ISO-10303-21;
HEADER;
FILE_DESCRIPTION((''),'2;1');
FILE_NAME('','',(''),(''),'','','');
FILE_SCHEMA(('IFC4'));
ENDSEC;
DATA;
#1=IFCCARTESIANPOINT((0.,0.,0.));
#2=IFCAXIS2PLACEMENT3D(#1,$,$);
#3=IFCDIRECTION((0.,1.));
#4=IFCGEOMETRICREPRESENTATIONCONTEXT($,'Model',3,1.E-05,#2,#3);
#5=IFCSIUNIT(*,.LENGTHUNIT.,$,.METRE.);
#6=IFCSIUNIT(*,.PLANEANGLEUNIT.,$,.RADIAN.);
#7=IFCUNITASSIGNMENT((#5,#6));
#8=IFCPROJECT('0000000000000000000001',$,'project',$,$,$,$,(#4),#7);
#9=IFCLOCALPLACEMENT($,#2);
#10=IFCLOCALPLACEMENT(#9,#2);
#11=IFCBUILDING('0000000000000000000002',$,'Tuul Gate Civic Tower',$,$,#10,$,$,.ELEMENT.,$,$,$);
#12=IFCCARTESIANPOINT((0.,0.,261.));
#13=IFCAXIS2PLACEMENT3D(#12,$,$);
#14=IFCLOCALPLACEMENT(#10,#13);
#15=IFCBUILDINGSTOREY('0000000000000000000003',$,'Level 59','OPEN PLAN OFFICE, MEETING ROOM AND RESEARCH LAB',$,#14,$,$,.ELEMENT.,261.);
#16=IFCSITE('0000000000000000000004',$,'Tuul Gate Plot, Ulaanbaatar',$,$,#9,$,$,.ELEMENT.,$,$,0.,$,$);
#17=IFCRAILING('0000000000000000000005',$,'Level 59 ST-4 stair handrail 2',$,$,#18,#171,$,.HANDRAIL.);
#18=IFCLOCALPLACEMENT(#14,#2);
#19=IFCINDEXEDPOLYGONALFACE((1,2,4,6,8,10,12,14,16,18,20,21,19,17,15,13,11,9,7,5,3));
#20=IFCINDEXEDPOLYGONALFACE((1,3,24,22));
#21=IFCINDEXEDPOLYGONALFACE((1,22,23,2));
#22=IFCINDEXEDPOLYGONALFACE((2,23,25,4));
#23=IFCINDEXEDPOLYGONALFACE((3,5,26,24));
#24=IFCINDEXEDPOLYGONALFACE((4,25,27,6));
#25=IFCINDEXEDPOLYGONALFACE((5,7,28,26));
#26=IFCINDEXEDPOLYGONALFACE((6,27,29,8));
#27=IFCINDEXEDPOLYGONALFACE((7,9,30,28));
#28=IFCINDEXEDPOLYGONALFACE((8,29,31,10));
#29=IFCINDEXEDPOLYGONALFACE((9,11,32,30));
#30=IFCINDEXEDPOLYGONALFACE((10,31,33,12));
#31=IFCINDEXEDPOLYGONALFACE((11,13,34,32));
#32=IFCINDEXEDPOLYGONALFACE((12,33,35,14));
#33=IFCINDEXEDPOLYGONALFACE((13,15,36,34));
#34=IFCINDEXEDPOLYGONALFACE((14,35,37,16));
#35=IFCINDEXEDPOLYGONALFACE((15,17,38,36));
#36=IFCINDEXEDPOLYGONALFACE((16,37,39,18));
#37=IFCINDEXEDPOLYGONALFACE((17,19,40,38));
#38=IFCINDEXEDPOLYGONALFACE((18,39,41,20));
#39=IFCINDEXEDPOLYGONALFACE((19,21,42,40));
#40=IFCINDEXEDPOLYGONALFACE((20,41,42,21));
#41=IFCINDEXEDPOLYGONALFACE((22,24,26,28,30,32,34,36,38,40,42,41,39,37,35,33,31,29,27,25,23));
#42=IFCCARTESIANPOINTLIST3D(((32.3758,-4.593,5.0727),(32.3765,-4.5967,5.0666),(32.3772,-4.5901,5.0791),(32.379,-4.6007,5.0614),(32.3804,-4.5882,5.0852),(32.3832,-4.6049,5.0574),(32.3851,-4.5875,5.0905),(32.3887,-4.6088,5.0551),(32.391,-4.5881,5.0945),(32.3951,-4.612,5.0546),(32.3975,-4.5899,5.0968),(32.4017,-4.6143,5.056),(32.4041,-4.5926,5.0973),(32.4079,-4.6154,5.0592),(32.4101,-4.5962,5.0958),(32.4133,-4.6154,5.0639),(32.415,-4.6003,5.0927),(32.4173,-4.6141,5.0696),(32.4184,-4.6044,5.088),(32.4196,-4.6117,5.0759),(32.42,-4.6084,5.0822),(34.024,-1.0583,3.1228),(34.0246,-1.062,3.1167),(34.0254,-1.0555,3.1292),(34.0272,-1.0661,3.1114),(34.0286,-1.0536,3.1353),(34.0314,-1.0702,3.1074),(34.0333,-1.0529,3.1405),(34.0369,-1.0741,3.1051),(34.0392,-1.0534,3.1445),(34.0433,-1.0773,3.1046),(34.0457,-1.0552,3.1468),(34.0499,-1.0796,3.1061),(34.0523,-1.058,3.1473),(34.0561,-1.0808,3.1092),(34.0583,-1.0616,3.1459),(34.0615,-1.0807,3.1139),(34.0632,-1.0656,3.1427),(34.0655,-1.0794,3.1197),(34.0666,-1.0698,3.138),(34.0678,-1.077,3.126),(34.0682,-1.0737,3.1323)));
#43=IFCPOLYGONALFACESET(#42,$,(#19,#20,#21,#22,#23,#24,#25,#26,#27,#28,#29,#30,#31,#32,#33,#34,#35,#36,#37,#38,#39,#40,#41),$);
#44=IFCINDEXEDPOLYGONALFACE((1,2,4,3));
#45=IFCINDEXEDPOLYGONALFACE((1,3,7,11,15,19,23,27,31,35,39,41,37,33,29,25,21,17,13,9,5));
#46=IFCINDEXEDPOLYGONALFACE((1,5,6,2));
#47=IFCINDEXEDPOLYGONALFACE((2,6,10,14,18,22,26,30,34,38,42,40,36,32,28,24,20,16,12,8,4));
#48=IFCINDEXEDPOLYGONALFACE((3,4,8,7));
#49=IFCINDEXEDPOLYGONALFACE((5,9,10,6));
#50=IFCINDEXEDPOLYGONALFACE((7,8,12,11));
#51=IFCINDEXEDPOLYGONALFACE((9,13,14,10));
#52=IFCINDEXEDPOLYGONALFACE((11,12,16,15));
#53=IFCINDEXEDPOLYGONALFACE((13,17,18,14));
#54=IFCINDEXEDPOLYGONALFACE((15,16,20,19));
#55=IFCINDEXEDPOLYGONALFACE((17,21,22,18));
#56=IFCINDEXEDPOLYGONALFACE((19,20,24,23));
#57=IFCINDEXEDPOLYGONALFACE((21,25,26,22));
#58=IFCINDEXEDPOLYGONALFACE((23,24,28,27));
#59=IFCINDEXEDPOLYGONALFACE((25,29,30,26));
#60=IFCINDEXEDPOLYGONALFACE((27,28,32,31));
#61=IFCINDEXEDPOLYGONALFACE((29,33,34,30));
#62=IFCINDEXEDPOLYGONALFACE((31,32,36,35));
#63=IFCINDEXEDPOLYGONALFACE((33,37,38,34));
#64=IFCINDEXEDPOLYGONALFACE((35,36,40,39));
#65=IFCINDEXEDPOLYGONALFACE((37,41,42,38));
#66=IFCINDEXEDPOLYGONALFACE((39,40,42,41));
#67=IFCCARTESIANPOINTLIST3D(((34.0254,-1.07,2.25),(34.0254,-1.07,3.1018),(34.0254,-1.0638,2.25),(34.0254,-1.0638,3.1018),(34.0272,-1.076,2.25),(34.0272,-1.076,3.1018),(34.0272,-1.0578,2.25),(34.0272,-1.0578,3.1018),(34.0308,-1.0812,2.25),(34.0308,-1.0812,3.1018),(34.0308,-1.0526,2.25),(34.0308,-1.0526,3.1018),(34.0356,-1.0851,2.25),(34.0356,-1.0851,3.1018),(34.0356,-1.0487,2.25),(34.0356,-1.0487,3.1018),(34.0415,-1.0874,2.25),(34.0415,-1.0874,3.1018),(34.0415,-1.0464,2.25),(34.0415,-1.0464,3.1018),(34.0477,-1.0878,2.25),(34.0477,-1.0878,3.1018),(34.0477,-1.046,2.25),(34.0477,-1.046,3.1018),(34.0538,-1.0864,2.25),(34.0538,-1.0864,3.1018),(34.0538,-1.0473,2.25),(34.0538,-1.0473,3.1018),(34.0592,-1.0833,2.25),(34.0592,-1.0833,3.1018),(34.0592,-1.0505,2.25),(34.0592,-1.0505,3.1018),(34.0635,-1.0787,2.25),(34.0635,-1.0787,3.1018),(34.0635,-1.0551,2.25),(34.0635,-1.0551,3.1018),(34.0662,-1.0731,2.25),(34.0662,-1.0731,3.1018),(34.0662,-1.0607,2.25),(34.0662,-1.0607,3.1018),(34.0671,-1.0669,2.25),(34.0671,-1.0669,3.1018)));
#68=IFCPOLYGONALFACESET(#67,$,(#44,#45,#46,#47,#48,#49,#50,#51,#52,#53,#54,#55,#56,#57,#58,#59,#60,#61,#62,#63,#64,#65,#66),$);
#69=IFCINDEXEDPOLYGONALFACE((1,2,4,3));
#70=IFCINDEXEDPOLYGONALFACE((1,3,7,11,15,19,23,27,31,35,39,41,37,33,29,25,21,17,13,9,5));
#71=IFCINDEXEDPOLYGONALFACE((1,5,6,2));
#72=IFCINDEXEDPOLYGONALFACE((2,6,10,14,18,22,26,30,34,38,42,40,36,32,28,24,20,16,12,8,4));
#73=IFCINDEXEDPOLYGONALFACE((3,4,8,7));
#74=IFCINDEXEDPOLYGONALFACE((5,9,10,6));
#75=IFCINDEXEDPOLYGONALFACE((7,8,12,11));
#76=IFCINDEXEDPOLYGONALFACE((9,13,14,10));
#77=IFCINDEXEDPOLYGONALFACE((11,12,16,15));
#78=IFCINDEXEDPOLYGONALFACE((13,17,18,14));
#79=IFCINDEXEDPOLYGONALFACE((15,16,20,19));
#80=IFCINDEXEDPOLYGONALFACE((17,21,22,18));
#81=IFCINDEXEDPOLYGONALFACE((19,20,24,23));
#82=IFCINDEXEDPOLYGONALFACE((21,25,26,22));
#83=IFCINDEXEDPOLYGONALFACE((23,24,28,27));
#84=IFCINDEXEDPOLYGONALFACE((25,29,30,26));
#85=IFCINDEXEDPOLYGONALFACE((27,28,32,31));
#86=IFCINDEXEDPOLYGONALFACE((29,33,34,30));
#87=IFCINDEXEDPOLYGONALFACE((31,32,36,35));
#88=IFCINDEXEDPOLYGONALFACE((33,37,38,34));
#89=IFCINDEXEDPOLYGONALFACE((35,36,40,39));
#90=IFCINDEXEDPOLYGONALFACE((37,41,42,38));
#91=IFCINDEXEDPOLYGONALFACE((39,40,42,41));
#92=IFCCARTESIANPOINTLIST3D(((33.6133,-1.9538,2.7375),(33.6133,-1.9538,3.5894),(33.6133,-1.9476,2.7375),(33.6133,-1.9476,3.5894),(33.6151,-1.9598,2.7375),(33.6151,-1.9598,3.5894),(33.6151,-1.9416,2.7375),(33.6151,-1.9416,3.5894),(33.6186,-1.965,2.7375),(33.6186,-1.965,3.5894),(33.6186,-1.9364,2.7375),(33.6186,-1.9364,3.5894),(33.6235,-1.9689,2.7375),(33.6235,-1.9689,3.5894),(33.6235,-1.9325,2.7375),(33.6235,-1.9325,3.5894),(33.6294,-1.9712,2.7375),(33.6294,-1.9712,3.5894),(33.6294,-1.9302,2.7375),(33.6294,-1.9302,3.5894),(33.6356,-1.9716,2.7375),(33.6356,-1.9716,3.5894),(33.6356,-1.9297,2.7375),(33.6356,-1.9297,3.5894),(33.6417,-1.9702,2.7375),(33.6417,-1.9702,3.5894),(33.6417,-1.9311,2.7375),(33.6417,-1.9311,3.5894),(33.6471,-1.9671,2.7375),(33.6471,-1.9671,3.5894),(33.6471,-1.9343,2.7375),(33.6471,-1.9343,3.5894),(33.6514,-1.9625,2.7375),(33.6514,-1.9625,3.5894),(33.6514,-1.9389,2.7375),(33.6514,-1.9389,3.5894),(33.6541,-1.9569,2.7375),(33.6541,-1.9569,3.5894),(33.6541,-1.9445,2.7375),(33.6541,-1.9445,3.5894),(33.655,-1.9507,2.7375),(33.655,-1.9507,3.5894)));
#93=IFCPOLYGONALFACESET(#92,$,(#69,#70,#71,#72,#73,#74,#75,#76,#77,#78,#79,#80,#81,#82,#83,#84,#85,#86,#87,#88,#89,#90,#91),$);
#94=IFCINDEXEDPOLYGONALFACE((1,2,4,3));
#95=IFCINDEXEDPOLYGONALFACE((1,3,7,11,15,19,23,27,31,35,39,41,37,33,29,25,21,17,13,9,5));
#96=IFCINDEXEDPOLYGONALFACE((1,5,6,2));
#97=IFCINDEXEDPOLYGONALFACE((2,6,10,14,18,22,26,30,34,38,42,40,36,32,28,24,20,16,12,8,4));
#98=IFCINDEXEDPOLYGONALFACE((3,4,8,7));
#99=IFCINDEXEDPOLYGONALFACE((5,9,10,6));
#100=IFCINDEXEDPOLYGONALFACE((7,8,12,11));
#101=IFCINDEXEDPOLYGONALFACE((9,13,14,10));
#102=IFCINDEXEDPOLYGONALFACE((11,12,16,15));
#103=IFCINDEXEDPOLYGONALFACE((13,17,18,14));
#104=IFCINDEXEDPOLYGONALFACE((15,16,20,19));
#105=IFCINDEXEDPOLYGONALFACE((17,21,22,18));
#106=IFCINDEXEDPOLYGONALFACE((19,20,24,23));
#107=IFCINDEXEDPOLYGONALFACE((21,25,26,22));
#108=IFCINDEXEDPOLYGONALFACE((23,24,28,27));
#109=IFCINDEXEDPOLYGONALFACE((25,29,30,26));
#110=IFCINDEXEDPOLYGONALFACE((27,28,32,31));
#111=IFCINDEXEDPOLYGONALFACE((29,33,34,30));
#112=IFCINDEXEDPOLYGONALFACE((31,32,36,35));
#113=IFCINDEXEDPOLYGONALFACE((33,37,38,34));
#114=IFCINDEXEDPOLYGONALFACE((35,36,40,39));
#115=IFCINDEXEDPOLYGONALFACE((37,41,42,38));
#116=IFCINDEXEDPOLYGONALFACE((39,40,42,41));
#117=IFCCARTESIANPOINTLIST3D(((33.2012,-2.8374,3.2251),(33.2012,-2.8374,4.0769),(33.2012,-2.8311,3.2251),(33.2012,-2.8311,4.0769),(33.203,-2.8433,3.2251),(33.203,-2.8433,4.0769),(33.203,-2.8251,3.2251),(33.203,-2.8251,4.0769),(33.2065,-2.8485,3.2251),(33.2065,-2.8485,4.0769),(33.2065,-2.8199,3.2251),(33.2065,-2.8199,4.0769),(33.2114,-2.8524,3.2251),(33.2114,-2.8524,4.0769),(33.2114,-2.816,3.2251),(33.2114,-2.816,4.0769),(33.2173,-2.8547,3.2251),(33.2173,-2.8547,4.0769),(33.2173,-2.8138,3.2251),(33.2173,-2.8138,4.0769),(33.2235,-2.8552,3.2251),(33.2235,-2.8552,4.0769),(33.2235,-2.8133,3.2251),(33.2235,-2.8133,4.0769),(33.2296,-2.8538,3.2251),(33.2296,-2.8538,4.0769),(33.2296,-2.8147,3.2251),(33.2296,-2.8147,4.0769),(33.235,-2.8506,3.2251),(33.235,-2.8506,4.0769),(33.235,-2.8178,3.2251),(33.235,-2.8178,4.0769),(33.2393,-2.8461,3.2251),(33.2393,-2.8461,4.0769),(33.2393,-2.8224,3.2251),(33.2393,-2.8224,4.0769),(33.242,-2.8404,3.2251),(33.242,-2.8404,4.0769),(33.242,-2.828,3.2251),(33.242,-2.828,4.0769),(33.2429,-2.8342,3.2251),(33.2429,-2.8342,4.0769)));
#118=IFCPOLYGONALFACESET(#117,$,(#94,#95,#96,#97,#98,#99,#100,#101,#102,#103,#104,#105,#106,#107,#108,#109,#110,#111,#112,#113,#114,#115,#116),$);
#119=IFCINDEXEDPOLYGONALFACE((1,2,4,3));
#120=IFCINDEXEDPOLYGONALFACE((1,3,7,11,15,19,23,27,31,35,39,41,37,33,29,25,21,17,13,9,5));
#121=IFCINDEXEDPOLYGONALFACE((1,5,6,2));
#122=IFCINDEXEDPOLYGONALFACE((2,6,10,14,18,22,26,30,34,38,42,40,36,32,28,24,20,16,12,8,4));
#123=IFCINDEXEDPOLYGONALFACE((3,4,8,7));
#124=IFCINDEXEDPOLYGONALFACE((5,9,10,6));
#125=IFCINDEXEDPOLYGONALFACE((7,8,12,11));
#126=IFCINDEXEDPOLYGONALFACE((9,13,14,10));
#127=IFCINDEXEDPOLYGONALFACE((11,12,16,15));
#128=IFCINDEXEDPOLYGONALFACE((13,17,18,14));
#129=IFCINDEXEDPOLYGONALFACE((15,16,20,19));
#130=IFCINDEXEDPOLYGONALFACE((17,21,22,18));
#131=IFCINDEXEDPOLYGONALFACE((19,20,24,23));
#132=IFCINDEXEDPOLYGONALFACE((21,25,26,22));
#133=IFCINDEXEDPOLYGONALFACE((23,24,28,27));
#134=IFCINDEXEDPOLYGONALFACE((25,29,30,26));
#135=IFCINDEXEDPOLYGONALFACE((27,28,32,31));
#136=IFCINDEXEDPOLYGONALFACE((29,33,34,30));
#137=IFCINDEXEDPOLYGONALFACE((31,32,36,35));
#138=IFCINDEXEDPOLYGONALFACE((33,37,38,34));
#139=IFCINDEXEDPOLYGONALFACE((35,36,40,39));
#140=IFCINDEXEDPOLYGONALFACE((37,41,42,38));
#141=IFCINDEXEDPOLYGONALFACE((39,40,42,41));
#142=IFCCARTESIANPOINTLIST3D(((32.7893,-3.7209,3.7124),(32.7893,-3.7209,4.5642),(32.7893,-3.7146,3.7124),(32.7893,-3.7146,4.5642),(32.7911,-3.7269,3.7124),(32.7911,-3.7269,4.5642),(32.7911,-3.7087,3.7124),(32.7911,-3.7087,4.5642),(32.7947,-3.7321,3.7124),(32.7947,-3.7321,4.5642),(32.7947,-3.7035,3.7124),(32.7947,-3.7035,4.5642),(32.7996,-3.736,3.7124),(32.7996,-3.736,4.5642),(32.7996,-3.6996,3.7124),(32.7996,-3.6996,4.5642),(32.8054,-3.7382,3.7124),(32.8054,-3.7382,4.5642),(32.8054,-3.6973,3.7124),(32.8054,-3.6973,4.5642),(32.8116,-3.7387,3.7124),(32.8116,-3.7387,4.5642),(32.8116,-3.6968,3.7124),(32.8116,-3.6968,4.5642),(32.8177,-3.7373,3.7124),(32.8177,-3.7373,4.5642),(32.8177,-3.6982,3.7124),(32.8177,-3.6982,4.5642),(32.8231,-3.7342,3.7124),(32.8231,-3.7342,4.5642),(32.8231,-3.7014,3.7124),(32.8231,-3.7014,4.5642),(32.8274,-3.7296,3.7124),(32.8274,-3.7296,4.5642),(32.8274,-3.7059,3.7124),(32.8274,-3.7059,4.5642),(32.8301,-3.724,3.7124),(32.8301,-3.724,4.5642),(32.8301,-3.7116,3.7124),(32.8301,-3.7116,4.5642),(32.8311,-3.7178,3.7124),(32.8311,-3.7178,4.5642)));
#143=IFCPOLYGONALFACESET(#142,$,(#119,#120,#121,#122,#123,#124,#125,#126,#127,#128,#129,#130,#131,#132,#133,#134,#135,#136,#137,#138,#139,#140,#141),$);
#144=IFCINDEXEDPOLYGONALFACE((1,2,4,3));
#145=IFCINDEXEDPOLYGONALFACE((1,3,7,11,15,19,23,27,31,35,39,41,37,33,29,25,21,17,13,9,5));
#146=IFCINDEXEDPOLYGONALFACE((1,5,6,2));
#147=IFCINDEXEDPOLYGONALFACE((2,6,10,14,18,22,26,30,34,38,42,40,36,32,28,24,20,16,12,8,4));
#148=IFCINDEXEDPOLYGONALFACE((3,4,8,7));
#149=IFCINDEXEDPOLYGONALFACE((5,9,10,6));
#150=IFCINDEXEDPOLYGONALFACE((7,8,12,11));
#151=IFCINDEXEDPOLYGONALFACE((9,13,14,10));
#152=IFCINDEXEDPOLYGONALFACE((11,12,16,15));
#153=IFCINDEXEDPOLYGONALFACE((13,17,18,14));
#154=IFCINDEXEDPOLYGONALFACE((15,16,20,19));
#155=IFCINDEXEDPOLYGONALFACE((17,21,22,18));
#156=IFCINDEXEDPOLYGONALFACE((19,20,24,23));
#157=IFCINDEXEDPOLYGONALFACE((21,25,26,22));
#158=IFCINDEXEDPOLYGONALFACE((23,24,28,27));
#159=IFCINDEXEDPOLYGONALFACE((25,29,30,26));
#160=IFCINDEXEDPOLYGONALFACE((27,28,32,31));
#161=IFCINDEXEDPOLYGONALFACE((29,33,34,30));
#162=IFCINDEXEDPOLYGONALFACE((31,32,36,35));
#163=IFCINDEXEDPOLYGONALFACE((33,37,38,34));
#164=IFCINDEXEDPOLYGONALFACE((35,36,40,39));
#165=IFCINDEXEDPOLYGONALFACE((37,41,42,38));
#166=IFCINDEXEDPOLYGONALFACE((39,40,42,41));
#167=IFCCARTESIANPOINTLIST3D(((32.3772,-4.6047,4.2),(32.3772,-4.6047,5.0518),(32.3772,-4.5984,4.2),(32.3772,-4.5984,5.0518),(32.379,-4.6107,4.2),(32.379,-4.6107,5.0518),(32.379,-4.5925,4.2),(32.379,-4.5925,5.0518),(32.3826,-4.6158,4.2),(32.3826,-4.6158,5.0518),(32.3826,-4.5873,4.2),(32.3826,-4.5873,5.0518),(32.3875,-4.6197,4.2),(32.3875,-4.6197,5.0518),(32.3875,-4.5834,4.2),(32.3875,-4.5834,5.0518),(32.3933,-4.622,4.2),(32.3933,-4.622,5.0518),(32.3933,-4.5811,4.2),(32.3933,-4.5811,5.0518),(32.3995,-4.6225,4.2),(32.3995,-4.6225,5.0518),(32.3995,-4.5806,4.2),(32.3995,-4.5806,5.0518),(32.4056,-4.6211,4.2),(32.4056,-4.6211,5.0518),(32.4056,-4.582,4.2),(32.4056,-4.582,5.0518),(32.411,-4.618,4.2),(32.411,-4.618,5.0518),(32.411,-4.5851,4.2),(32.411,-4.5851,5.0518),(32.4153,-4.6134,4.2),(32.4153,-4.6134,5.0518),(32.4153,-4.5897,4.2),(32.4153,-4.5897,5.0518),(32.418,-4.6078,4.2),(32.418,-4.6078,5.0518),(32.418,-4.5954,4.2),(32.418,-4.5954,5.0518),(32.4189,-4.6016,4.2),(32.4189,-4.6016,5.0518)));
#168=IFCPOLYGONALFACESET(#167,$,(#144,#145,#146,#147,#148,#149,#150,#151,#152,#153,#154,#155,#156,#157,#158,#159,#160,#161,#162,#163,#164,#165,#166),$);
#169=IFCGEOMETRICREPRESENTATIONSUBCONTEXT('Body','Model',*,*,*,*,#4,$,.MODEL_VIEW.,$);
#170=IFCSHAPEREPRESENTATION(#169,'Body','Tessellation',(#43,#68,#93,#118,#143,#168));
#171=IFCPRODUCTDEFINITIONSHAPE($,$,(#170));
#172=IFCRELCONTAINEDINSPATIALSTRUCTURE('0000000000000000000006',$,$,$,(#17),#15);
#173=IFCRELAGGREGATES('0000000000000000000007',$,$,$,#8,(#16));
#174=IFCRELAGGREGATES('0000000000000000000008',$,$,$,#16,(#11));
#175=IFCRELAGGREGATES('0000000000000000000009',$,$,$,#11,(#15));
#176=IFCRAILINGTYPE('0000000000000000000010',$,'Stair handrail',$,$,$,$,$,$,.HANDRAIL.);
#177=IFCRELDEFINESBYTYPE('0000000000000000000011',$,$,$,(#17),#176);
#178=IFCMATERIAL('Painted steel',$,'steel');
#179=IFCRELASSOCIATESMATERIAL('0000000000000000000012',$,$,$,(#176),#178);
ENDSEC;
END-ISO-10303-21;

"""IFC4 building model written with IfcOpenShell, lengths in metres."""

from ifc_helpers import new_model, si_unit, direction, frame, origin, origin_2d, place, context, subcontext, project, spatial, circle, extrude, material, type_object, element, save


model = new_model("IFC4")

# Units and contexts
model_context = context("Model", 3, precision=1e-05, world=origin(), true_north=direction((0.0, 1.0)))
body_context = subcontext(model_context, "Body", "Model", "MODEL_VIEW")
ifc_project = project(units=[si_unit("LENGTHUNIT", "METRE"), si_unit("PLANEANGLEUNIT", "RADIAN")], contexts=[model_context])

# Site, building, storey
site_placement = place(None, origin())
site = spatial("IfcSite", under=ifc_project, at=site_placement, Name="Tuul Gate Plot, Ulaanbaatar", CompositionType="ELEMENT", RefElevation=0.0)
building_placement = place(site_placement, origin())
building = spatial("IfcBuilding", under=site, at=building_placement, Name="Tuul Gate Civic Tower", CompositionType="ELEMENT")
storey_placement = place(building_placement, frame((0.0, 0.0, 261.0)))
storey = spatial("IfcBuildingStorey", under=building, at=storey_placement, Name="Level 59", Description="OPEN PLAN OFFICE, MEETING ROOM AND RESEARCH LAB", CompositionType="ELEMENT", Elevation=261.0)

# Railing
ifc_material_1 = material(Name="Painted steel", Category="steel")
railing_type = type_object("IfcRailingType", Name="Stair handrail", PredefinedType="HANDRAIL", material=ifc_material_1)
railing_placement = place(storey_placement, frame((34.0461, -1.0669, 2.25)))
element("IfcRailing", 1, at=railing_placement, inside=storey, type_object=railing_type, Name="Level 59 ST-4 stair handrail 2", PredefinedType="HANDRAIL", context=body_context, shape_type="SweptSolid", body=[
    extrude(circle(Radius=0.0239, at=origin_2d()), frame((0.0, 0.0, 0.876), z_axis=(-0.377995, -0.810637, 0.4472), x_axis=(0.906313, -0.422608, 0.0)), (0.0, 0.0, 1.0), 4.3604),
    extrude(circle(Radius=0.021, at=origin_2d()), origin(), (0.0, 0.0, 1.0), 0.8518),
    extrude(circle(Radius=0.021, at=origin_2d()), frame((-0.4121, -0.8838, 0.4875)), (0.0, 0.0, 1.0), 0.8518),
    extrude(circle(Radius=0.021, at=origin_2d()), frame((-0.8242, -1.7673, 0.9751)), (0.0, 0.0, 1.0), 0.8518),
    extrude(circle(Radius=0.021, at=origin_2d()), frame((-1.2361, -2.6509, 1.4624)), (0.0, 0.0, 1.0), 0.8518),
    extrude(circle(Radius=0.021, at=origin_2d()), frame((-1.6482, -3.5347, 1.95)), (0.0, 0.0, 1.0), 0.8518),
])

save(model, "model.ifc")
